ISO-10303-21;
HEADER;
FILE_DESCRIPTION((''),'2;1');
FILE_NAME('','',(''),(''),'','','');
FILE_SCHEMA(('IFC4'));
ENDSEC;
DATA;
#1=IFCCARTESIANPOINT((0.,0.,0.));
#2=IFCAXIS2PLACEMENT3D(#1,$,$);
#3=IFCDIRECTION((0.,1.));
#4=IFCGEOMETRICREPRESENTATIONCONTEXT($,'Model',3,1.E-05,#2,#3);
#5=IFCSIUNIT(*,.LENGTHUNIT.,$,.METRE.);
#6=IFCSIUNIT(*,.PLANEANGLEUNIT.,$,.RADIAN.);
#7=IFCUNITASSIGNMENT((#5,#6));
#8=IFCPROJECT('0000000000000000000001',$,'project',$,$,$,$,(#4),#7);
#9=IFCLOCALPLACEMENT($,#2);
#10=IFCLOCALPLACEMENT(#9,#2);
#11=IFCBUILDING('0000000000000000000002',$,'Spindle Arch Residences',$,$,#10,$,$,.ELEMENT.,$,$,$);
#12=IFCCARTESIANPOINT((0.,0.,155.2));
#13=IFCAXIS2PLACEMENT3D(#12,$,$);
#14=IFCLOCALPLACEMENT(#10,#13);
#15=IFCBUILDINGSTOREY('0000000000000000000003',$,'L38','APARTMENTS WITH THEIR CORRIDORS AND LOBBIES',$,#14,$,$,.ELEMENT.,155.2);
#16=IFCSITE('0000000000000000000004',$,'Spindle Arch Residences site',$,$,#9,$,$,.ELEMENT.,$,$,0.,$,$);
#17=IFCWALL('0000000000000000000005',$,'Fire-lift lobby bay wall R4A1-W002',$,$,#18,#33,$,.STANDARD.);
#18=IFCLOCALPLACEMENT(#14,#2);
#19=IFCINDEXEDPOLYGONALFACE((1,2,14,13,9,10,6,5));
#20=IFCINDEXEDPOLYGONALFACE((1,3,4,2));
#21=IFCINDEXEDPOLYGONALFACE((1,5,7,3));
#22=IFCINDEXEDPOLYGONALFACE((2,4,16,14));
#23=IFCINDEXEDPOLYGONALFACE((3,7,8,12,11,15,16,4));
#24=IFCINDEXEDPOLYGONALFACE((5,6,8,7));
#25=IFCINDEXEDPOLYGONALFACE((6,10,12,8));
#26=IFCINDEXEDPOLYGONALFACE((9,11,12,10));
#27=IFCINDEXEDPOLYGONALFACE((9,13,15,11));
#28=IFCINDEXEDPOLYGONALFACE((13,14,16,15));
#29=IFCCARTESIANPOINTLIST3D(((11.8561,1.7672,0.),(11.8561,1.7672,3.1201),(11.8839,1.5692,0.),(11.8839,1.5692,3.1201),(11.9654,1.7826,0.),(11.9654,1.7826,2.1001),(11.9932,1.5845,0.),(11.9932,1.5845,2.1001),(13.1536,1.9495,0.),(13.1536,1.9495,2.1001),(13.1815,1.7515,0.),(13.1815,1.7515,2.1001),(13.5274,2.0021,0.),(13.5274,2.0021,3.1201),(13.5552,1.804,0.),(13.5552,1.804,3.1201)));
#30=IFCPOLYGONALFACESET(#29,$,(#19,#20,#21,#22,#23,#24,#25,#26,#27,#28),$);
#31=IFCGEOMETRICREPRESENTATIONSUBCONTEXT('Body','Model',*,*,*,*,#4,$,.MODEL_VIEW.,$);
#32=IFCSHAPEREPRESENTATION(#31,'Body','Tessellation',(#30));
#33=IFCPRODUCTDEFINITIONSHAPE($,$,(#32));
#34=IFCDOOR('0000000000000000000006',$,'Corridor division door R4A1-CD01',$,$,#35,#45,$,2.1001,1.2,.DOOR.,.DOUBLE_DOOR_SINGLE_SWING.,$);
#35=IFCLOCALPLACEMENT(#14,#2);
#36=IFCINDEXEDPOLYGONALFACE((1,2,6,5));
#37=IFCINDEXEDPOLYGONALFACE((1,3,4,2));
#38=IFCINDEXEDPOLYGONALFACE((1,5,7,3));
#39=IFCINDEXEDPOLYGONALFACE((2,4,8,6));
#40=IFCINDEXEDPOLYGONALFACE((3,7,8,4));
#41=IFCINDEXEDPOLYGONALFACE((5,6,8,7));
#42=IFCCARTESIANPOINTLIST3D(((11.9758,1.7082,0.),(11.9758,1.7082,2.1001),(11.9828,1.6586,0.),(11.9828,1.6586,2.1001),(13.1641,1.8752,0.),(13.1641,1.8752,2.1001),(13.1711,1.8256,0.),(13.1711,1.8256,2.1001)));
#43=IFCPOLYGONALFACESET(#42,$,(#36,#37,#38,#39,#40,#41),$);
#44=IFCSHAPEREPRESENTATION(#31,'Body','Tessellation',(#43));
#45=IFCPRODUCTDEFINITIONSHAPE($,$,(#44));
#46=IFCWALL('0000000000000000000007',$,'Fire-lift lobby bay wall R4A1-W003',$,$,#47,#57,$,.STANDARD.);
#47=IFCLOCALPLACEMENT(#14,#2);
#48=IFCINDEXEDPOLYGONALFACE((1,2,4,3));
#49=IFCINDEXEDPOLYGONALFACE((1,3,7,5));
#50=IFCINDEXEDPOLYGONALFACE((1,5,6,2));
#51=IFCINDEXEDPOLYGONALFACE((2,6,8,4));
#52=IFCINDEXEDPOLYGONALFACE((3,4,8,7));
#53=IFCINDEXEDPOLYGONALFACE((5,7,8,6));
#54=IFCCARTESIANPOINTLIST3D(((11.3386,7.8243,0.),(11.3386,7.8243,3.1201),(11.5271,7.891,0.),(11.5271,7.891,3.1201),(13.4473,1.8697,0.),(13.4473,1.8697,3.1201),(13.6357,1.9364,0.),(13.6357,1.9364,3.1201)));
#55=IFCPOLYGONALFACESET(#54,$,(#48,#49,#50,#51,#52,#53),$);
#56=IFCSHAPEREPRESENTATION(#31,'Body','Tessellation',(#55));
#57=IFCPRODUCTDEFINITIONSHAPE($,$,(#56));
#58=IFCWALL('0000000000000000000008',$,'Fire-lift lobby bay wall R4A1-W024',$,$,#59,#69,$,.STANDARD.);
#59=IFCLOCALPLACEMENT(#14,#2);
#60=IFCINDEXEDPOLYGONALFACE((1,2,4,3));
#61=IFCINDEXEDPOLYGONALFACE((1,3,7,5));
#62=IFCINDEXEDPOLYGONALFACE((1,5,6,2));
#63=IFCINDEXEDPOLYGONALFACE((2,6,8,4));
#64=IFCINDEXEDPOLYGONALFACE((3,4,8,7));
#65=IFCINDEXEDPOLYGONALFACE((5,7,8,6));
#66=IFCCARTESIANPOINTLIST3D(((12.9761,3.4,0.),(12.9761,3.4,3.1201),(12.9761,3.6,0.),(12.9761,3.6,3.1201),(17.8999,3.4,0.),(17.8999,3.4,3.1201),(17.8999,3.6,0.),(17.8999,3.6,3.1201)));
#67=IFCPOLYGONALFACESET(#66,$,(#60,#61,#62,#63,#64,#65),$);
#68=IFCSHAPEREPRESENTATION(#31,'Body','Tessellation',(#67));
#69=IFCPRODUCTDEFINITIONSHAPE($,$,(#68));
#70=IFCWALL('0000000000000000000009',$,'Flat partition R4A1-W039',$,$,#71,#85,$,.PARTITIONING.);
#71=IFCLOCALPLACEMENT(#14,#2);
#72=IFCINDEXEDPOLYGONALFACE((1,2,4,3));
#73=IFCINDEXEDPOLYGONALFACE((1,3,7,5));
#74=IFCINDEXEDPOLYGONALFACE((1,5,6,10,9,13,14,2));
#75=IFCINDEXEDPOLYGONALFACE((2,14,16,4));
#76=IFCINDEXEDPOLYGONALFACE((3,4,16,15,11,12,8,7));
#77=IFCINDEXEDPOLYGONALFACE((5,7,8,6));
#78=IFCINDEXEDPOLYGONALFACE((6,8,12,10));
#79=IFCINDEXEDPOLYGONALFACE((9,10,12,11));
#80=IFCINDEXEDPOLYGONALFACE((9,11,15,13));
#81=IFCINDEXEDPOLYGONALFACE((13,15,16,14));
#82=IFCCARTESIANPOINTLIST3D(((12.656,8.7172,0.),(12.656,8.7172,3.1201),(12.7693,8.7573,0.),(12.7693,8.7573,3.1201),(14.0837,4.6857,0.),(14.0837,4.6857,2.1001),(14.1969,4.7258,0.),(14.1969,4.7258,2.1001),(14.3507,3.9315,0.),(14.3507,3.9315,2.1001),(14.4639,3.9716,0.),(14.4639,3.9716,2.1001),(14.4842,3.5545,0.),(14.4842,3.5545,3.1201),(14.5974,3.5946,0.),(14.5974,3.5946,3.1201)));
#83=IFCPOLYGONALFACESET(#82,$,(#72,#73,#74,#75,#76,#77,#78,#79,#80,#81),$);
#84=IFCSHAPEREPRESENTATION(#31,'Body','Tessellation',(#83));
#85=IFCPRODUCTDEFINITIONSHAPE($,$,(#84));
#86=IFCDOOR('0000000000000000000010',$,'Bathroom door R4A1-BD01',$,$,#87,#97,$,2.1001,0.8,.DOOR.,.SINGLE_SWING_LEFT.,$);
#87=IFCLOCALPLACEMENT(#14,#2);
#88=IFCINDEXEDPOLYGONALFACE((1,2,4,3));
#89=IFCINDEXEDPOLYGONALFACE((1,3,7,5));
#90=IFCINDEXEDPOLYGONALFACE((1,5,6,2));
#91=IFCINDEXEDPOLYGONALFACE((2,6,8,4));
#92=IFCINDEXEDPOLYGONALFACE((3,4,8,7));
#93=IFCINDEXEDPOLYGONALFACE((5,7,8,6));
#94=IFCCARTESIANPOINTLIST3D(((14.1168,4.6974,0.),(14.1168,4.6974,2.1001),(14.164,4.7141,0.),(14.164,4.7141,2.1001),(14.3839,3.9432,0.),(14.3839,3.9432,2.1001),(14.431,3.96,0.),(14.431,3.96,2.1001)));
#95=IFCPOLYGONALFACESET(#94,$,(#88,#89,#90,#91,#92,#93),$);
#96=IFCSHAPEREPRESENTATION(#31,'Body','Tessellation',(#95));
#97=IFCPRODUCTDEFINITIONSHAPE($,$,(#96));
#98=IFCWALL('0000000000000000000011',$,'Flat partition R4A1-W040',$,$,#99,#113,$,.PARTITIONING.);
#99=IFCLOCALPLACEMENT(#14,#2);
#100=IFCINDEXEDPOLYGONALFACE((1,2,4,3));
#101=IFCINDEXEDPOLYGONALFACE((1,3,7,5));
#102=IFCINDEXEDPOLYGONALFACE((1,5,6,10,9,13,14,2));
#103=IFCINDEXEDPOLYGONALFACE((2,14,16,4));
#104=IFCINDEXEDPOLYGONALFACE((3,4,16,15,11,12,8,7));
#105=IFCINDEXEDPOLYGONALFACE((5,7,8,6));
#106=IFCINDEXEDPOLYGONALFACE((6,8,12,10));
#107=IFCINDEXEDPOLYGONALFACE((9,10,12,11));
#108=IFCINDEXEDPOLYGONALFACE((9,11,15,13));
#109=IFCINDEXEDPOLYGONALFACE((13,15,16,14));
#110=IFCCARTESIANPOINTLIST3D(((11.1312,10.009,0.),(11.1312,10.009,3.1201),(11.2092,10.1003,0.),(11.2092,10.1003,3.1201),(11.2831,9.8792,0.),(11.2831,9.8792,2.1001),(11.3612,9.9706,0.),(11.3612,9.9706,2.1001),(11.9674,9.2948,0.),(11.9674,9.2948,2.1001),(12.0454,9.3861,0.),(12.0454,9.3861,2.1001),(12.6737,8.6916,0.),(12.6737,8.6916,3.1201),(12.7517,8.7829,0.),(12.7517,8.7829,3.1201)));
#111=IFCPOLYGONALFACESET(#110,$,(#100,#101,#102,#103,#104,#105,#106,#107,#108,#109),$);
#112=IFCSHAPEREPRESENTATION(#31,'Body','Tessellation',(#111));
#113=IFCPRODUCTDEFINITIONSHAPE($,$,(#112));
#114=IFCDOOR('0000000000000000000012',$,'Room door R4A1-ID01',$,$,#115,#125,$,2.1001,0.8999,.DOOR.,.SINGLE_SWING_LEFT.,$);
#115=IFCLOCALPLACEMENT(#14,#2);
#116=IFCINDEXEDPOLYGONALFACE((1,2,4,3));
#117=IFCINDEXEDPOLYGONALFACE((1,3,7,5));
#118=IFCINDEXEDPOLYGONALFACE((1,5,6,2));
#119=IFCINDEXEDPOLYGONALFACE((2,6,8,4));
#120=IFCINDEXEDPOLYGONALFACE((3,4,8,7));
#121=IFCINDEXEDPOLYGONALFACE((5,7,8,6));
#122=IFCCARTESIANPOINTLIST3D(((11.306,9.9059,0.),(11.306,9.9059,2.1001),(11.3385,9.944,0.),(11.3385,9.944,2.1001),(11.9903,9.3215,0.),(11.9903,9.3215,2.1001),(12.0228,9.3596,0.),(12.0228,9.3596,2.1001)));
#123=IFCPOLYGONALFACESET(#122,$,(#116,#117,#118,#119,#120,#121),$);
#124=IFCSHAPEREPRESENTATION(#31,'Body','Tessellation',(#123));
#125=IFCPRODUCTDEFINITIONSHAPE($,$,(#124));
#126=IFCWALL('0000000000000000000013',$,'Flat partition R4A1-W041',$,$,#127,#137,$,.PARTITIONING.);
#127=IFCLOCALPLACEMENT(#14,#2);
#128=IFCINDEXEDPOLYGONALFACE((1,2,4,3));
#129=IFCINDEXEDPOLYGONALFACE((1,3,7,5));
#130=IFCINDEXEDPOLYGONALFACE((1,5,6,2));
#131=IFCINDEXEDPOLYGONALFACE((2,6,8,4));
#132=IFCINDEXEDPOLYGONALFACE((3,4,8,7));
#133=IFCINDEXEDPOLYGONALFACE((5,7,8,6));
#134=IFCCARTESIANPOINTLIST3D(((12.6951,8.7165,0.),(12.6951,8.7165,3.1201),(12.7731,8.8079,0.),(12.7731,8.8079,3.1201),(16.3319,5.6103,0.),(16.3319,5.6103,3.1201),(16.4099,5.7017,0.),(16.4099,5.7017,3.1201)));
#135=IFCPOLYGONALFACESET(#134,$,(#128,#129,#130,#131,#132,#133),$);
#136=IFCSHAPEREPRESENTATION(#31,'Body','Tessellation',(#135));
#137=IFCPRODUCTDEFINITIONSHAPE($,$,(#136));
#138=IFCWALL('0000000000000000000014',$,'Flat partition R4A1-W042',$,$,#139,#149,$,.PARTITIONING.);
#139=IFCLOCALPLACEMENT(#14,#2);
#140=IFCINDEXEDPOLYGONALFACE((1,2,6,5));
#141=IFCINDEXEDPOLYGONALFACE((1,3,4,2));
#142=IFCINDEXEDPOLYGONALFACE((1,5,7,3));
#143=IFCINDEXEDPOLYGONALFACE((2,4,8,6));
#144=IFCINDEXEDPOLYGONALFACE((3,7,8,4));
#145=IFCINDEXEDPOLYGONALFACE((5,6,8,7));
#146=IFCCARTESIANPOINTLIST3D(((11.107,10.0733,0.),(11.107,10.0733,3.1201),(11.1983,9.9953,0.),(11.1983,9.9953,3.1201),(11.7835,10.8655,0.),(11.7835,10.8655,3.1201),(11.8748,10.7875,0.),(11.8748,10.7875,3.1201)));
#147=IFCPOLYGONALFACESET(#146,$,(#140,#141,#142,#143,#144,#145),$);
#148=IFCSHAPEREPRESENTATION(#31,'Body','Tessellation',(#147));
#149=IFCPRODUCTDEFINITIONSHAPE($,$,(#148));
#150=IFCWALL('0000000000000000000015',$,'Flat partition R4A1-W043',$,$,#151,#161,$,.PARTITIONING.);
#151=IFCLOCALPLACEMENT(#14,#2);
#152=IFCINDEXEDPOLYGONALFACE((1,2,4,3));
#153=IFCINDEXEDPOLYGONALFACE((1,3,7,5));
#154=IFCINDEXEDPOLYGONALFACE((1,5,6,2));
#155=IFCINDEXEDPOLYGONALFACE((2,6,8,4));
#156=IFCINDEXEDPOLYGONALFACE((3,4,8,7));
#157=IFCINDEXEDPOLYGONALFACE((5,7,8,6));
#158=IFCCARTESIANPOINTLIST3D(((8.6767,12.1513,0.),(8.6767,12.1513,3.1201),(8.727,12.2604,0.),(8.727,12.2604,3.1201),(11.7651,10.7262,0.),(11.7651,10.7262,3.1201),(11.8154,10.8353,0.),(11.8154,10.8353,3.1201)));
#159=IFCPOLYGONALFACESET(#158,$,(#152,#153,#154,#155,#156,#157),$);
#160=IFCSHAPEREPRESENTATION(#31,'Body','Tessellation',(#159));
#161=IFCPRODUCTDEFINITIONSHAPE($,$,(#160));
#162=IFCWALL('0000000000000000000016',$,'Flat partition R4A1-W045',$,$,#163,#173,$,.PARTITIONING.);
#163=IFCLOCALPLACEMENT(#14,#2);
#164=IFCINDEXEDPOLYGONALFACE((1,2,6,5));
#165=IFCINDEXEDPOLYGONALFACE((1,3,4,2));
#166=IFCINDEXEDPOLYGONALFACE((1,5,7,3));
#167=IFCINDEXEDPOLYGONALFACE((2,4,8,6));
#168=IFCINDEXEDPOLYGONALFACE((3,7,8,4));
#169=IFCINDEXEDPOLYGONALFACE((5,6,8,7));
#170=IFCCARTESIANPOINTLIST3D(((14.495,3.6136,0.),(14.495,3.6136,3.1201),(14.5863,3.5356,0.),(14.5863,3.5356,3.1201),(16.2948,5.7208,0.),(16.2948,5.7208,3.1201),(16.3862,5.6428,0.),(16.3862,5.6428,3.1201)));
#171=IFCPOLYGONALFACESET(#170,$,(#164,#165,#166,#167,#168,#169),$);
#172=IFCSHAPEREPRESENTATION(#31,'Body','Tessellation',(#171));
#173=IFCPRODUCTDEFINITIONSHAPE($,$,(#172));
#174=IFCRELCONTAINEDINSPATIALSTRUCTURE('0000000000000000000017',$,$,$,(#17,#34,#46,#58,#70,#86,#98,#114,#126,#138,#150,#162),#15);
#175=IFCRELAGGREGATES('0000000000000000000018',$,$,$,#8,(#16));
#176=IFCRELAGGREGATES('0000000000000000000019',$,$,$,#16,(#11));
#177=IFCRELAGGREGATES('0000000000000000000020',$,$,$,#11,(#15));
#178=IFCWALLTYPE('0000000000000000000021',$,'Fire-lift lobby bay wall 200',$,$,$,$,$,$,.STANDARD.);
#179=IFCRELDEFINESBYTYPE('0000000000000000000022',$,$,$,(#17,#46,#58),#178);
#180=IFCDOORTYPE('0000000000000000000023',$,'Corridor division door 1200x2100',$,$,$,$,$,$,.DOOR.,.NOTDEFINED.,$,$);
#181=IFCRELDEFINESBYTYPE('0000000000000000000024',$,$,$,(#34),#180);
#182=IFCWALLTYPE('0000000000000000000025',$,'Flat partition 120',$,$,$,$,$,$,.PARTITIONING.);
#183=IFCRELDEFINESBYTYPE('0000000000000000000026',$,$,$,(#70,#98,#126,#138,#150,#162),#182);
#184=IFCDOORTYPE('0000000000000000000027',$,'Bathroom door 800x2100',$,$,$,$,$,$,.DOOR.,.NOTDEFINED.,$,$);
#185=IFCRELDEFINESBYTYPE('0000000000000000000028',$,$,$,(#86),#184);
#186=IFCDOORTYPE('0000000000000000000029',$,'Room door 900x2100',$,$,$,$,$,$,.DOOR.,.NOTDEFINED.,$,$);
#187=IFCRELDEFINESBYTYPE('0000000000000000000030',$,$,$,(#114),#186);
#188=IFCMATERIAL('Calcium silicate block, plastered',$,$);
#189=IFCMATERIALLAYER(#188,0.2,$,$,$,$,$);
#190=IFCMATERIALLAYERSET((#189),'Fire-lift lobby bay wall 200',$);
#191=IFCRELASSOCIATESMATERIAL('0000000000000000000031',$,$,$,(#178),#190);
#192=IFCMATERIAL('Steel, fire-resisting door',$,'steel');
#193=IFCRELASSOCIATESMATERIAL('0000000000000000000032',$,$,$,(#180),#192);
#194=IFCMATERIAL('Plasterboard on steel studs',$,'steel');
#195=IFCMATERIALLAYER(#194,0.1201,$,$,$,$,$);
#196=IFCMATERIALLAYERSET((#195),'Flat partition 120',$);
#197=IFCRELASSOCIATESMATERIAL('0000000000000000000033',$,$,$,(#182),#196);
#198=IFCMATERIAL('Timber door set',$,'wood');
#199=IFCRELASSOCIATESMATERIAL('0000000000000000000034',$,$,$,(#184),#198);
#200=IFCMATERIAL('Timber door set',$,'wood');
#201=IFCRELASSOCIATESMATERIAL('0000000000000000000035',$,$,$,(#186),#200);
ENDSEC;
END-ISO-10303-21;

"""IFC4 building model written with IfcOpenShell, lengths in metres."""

from ifc_helpers import new_model, si_unit, direction, frame, frame_2d, origin, place, context, subcontext, project, spatial, rectangle, extrude, material, layer, layer_set, type_object, element, fill, save


model = new_model("IFC4")

# Units and contexts
model_context = context("Model", 3, precision=1e-05, world=origin(), true_north=direction((0.0, 1.0)))
body_context = subcontext(model_context, "Body", "Model", "MODEL_VIEW")
ifc_project = project(units=[si_unit("LENGTHUNIT", "METRE"), si_unit("PLANEANGLEUNIT", "RADIAN")], contexts=[model_context])

# Site, building, storey
site_placement = place(None, origin())
site = spatial("IfcSite", under=ifc_project, at=site_placement, Name="Spindle Arch Residences site", CompositionType="ELEMENT", RefElevation=0.0)
building_placement = place(site_placement, origin())
building = spatial("IfcBuilding", under=site, at=building_placement, Name="Spindle Arch Residences", CompositionType="ELEMENT")
storey_placement = place(building_placement, frame((0.0, 0.0, 155.2)))
storey = spatial("IfcBuildingStorey", under=building, at=storey_placement, Name="L38", Description="APARTMENTS WITH THEIR CORRIDORS AND LOBBIES", CompositionType="ELEMENT", Elevation=155.2)

# Shared definitions
ifc_material_1 = material(Name="Calcium silicate block, plastered")
ifc_layer_1 = layer(ifc_material_1, 0.2)
ifc_layer_set_1 = layer_set([ifc_layer_1], Name="Fire-lift lobby bay wall 200")
wall_type_1 = type_object("IfcWallType", Name="Fire-lift lobby bay wall 200", PredefinedType="STANDARD", material=ifc_layer_set_1)

# Wall, opening, door
wall_1_placement = place(storey_placement, frame((11.8701, 1.6682, 0.0), z_axis=(0.0, 0.0, 1.0), x_axis=(0.990271, 0.139153, 0.0)))
wall_1 = element("IfcWall", 1, at=wall_1_placement, inside=storey, type_object=wall_type_1, Name="Fire-lift lobby bay wall R4A1-W002", PredefinedType="STANDARD", context=body_context, shape_type="SweptSolid", body=[
    extrude(rectangle(XDim=1.6877, YDim=0.2, at=frame_2d((0.8438, 0.0))), origin(), (0.0, 0.0, 1.0), 3.1201),
])
opening_1_placement = place(wall_1_placement, frame((0.1101, 0.0, 0.0)))
opening_1 = element("IfcOpeningElement", 2, at=opening_1_placement, cuts=wall_1, PredefinedType="OPENING", context=body_context, shape_type="SweptSolid", body=[
    extrude(rectangle(XDim=1.2, YDim=2.1001, at=frame_2d((0.6001, 1.05))), frame((0.0, 0.1099, 0.0), z_axis=(0.0, -1.0, 0.0), x_axis=(1.0, 0.0, 0.0)), (0.0, 0.0, 1.0), 0.22),
])
ifc_material_2 = material(Name="Steel, fire-resisting door", Category="steel")
door_type_1 = type_object("IfcDoorType", Name="Corridor division door 1200x2100", OperationType="NOTDEFINED", PredefinedType="DOOR", material=ifc_material_2)
door_1_placement = place(opening_1_placement, origin())
door_1 = element("IfcDoor", 3, at=door_1_placement, inside=storey, type_object=door_type_1, Name="Corridor division door R4A1-CD01", OperationType="DOUBLE_DOOR_SINGLE_SWING", OverallHeight=2.1001, OverallWidth=1.2, PredefinedType="DOOR", context=body_context, shape_type="SweptSolid", body=[
    extrude(rectangle(XDim=1.2, YDim=2.1001, at=frame_2d((0.6001, 1.05))), frame((0.0, 0.0249, 0.0), z_axis=(0.0, -1.0, 0.0), x_axis=(1.0, 0.0, 0.0)), (0.0, 0.0, 1.0), 0.05),
])
fill(opening_1, door_1)

# Walls
wall_2_placement = place(storey_placement, frame((13.5415, 1.9031, 0.0), z_axis=(0.0, 0.0, 1.0), x_axis=(-0.333809, 0.942641, 0.0)))
element("IfcWall", 4, at=wall_2_placement, inside=storey, type_object=wall_type_1, Name="Fire-lift lobby bay wall R4A1-W003", PredefinedType="STANDARD", context=body_context, shape_type="SweptSolid", body=[
    extrude(rectangle(XDim=6.3169, YDim=0.2, at=frame_2d((3.1584, 0.0))), origin(), (0.0, 0.0, 1.0), 3.1201),
])
wall_3_placement = place(storey_placement, frame((17.8999, 3.5, 0.0), z_axis=(0.0, 0.0, 1.0), x_axis=(-1.0, 0.0, 0.0)))
element("IfcWall", 5, at=wall_3_placement, inside=storey, type_object=wall_type_1, Name="Fire-lift lobby bay wall R4A1-W024", PredefinedType="STANDARD", context=body_context, shape_type="SweptSolid", body=[
    extrude(rectangle(XDim=4.9238, YDim=0.2, at=frame_2d((2.4619, 0.0))), origin(), (0.0, 0.0, 1.0), 3.1201),
])

# Walls, openings, doors
ifc_material_3 = material(Name="Plasterboard on steel studs", Category="steel")
ifc_layer_2 = layer(ifc_material_3, 0.1201)
ifc_layer_set_2 = layer_set([ifc_layer_2], Name="Flat partition 120")
wall_type_2 = type_object("IfcWallType", Name="Flat partition 120", PredefinedType="PARTITIONING", material=ifc_layer_set_2)
wall_4_placement = place(storey_placement, frame((14.5408, 3.5747, 0.0), z_axis=(0.0, 0.0, 1.0), x_axis=(-0.333799, 0.942644, 0.0)))
wall_4 = element("IfcWall", 6, at=wall_4_placement, inside=storey, type_object=wall_type_2, Name="Flat partition R4A1-W039", PredefinedType="PARTITIONING", context=body_context, shape_type="SweptSolid", body=[
    extrude(rectangle(XDim=5.4768, YDim=0.1201, at=frame_2d((2.7383, 0.0))), origin(), (0.0, 0.0, 1.0), 3.1201),
])
opening_2_placement = place(wall_4_placement, frame((0.3999, 0.0, 0.0)))
opening_2 = element("IfcOpeningElement", 7, at=opening_2_placement, cuts=wall_4, PredefinedType="OPENING", context=body_context, shape_type="SweptSolid", body=[
    extrude(rectangle(XDim=0.8, YDim=2.1001, at=frame_2d((0.3999, 1.05))), frame((0.0, 0.0701, 0.0), z_axis=(0.0, -1.0, 0.0), x_axis=(1.0, 0.0, 0.0)), (0.0, 0.0, 1.0), 0.1401),
])
ifc_material_4 = material(Name="Timber door set", Category="wood")
door_type_2 = type_object("IfcDoorType", Name="Bathroom door 800x2100", OperationType="NOTDEFINED", PredefinedType="DOOR", material=ifc_material_4)
door_2_placement = place(opening_2_placement, origin())
door_2 = element("IfcDoor", 8, at=door_2_placement, inside=storey, type_object=door_type_2, Name="Bathroom door R4A1-BD01", OperationType="SINGLE_SWING_LEFT", OverallHeight=2.1001, OverallWidth=0.8, PredefinedType="DOOR", context=body_context, shape_type="SweptSolid", body=[
    extrude(rectangle(XDim=0.8, YDim=2.1001, at=frame_2d((0.3999, 1.05))), frame((0.0, 0.0249, 0.0), z_axis=(0.0, -1.0, 0.0), x_axis=(1.0, 0.0, 0.0)), (0.0, 0.0, 1.0), 0.05),
])
fill(opening_2, door_2)
wall_5_placement = place(storey_placement, frame((12.7126, 8.7373, 0.0), z_axis=(0.0, 0.0, 1.0), x_axis=(-0.760411, 0.649442, 0.0)))
wall_5 = element("IfcWall", 9, at=wall_5_placement, inside=storey, type_object=wall_type_2, Name="Flat partition R4A1-W040", PredefinedType="PARTITIONING", context=body_context, shape_type="SweptSolid", body=[
    extrude(rectangle(XDim=2.0286, YDim=0.1201, at=frame_2d((1.0142, 0.0))), origin(), (0.0, 0.0, 1.0), 3.1201),
])
opening_3_placement = place(wall_5_placement, frame((0.9287, 0.0, 0.0)))
opening_3 = element("IfcOpeningElement", 10, at=opening_3_placement, cuts=wall_5, PredefinedType="OPENING", context=body_context, shape_type="SweptSolid", body=[
    extrude(rectangle(XDim=0.8999, YDim=2.1001, at=frame_2d((0.45, 1.05))), frame((0.0, 0.0701, 0.0), z_axis=(0.0, -1.0, 0.0), x_axis=(1.0, 0.0, 0.0)), (0.0, 0.0, 1.0), 0.1401),
])
ifc_material_5 = material(Name="Timber door set", Category="wood")
door_type_3 = type_object("IfcDoorType", Name="Room door 900x2100", OperationType="NOTDEFINED", PredefinedType="DOOR", material=ifc_material_5)
door_3_placement = place(opening_3_placement, origin())
door_3 = element("IfcDoor", 11, at=door_3_placement, inside=storey, type_object=door_type_3, Name="Room door R4A1-ID01", OperationType="SINGLE_SWING_LEFT", OverallHeight=2.1001, OverallWidth=0.8999, PredefinedType="DOOR", context=body_context, shape_type="SweptSolid", body=[
    extrude(rectangle(XDim=0.8999, YDim=2.1001, at=frame_2d((0.45, 1.05))), frame((0.0, 0.0249, 0.0), z_axis=(0.0, -1.0, 0.0), x_axis=(1.0, 0.0, 0.0)), (0.0, 0.0, 1.0), 0.05),
])
fill(opening_3, door_3)

# Walls
wall_6_placement = place(storey_placement, frame((12.7341, 8.7622, 0.0), z_axis=(0.0, 0.0, 1.0), x_axis=(0.76039, -0.649466, 0.0)))
element("IfcWall", 12, at=wall_6_placement, inside=storey, type_object=wall_type_2, Name="Flat partition R4A1-W041", PredefinedType="PARTITIONING", context=body_context, shape_type="SweptSolid", body=[
    extrude(rectangle(XDim=4.7827, YDim=0.1201, at=frame_2d((2.3914, 0.0))), origin(), (0.0, 0.0, 1.0), 3.1201),
])
wall_7_placement = place(storey_placement, frame((11.1526, 10.0342, 0.0), z_axis=(0.0, 0.0, 1.0), x_axis=(0.649381, 0.760463, 0.0)))
element("IfcWall", 13, at=wall_7_placement, inside=storey, type_object=wall_type_2, Name="Flat partition R4A1-W042", PredefinedType="PARTITIONING", context=body_context, shape_type="SweptSolid", body=[
    extrude(rectangle(XDim=1.0417, YDim=0.1201, at=frame_2d((0.521, 0.0))), origin(), (0.0, 0.0, 1.0), 3.1201),
])
wall_8_placement = place(storey_placement, frame((11.7903, 10.7808, 0.0), z_axis=(0.0, 0.0, 1.0), x_axis=(-0.907999, 0.418972, 0.0)))
element("IfcWall", 14, at=wall_8_placement, inside=storey, type_object=wall_type_2, Name="Flat partition R4A1-W043", PredefinedType="PARTITIONING", context=body_context, shape_type="SweptSolid", body=[
    extrude(rectangle(XDim=3.4014, YDim=0.1201, at=frame_2d((1.7007, 0.0))), origin(), (0.0, 0.0, 1.0), 3.1201),
])
wall_9_placement = place(storey_placement, frame((16.3406, 5.6819, 0.0), z_axis=(0.0, 0.0, 1.0), x_axis=(-0.64947, -0.760387, 0.0)))
element("IfcWall", 15, at=wall_9_placement, inside=storey, type_object=wall_type_2, Name="Flat partition R4A1-W045", PredefinedType="PARTITIONING", context=body_context, shape_type="SweptSolid", body=[
    extrude(rectangle(XDim=2.7712, YDim=0.1201, at=frame_2d((1.3857, 0.0))), origin(), (0.0, 0.0, 1.0), 3.1201),
])

save(model, "model.ifc")
